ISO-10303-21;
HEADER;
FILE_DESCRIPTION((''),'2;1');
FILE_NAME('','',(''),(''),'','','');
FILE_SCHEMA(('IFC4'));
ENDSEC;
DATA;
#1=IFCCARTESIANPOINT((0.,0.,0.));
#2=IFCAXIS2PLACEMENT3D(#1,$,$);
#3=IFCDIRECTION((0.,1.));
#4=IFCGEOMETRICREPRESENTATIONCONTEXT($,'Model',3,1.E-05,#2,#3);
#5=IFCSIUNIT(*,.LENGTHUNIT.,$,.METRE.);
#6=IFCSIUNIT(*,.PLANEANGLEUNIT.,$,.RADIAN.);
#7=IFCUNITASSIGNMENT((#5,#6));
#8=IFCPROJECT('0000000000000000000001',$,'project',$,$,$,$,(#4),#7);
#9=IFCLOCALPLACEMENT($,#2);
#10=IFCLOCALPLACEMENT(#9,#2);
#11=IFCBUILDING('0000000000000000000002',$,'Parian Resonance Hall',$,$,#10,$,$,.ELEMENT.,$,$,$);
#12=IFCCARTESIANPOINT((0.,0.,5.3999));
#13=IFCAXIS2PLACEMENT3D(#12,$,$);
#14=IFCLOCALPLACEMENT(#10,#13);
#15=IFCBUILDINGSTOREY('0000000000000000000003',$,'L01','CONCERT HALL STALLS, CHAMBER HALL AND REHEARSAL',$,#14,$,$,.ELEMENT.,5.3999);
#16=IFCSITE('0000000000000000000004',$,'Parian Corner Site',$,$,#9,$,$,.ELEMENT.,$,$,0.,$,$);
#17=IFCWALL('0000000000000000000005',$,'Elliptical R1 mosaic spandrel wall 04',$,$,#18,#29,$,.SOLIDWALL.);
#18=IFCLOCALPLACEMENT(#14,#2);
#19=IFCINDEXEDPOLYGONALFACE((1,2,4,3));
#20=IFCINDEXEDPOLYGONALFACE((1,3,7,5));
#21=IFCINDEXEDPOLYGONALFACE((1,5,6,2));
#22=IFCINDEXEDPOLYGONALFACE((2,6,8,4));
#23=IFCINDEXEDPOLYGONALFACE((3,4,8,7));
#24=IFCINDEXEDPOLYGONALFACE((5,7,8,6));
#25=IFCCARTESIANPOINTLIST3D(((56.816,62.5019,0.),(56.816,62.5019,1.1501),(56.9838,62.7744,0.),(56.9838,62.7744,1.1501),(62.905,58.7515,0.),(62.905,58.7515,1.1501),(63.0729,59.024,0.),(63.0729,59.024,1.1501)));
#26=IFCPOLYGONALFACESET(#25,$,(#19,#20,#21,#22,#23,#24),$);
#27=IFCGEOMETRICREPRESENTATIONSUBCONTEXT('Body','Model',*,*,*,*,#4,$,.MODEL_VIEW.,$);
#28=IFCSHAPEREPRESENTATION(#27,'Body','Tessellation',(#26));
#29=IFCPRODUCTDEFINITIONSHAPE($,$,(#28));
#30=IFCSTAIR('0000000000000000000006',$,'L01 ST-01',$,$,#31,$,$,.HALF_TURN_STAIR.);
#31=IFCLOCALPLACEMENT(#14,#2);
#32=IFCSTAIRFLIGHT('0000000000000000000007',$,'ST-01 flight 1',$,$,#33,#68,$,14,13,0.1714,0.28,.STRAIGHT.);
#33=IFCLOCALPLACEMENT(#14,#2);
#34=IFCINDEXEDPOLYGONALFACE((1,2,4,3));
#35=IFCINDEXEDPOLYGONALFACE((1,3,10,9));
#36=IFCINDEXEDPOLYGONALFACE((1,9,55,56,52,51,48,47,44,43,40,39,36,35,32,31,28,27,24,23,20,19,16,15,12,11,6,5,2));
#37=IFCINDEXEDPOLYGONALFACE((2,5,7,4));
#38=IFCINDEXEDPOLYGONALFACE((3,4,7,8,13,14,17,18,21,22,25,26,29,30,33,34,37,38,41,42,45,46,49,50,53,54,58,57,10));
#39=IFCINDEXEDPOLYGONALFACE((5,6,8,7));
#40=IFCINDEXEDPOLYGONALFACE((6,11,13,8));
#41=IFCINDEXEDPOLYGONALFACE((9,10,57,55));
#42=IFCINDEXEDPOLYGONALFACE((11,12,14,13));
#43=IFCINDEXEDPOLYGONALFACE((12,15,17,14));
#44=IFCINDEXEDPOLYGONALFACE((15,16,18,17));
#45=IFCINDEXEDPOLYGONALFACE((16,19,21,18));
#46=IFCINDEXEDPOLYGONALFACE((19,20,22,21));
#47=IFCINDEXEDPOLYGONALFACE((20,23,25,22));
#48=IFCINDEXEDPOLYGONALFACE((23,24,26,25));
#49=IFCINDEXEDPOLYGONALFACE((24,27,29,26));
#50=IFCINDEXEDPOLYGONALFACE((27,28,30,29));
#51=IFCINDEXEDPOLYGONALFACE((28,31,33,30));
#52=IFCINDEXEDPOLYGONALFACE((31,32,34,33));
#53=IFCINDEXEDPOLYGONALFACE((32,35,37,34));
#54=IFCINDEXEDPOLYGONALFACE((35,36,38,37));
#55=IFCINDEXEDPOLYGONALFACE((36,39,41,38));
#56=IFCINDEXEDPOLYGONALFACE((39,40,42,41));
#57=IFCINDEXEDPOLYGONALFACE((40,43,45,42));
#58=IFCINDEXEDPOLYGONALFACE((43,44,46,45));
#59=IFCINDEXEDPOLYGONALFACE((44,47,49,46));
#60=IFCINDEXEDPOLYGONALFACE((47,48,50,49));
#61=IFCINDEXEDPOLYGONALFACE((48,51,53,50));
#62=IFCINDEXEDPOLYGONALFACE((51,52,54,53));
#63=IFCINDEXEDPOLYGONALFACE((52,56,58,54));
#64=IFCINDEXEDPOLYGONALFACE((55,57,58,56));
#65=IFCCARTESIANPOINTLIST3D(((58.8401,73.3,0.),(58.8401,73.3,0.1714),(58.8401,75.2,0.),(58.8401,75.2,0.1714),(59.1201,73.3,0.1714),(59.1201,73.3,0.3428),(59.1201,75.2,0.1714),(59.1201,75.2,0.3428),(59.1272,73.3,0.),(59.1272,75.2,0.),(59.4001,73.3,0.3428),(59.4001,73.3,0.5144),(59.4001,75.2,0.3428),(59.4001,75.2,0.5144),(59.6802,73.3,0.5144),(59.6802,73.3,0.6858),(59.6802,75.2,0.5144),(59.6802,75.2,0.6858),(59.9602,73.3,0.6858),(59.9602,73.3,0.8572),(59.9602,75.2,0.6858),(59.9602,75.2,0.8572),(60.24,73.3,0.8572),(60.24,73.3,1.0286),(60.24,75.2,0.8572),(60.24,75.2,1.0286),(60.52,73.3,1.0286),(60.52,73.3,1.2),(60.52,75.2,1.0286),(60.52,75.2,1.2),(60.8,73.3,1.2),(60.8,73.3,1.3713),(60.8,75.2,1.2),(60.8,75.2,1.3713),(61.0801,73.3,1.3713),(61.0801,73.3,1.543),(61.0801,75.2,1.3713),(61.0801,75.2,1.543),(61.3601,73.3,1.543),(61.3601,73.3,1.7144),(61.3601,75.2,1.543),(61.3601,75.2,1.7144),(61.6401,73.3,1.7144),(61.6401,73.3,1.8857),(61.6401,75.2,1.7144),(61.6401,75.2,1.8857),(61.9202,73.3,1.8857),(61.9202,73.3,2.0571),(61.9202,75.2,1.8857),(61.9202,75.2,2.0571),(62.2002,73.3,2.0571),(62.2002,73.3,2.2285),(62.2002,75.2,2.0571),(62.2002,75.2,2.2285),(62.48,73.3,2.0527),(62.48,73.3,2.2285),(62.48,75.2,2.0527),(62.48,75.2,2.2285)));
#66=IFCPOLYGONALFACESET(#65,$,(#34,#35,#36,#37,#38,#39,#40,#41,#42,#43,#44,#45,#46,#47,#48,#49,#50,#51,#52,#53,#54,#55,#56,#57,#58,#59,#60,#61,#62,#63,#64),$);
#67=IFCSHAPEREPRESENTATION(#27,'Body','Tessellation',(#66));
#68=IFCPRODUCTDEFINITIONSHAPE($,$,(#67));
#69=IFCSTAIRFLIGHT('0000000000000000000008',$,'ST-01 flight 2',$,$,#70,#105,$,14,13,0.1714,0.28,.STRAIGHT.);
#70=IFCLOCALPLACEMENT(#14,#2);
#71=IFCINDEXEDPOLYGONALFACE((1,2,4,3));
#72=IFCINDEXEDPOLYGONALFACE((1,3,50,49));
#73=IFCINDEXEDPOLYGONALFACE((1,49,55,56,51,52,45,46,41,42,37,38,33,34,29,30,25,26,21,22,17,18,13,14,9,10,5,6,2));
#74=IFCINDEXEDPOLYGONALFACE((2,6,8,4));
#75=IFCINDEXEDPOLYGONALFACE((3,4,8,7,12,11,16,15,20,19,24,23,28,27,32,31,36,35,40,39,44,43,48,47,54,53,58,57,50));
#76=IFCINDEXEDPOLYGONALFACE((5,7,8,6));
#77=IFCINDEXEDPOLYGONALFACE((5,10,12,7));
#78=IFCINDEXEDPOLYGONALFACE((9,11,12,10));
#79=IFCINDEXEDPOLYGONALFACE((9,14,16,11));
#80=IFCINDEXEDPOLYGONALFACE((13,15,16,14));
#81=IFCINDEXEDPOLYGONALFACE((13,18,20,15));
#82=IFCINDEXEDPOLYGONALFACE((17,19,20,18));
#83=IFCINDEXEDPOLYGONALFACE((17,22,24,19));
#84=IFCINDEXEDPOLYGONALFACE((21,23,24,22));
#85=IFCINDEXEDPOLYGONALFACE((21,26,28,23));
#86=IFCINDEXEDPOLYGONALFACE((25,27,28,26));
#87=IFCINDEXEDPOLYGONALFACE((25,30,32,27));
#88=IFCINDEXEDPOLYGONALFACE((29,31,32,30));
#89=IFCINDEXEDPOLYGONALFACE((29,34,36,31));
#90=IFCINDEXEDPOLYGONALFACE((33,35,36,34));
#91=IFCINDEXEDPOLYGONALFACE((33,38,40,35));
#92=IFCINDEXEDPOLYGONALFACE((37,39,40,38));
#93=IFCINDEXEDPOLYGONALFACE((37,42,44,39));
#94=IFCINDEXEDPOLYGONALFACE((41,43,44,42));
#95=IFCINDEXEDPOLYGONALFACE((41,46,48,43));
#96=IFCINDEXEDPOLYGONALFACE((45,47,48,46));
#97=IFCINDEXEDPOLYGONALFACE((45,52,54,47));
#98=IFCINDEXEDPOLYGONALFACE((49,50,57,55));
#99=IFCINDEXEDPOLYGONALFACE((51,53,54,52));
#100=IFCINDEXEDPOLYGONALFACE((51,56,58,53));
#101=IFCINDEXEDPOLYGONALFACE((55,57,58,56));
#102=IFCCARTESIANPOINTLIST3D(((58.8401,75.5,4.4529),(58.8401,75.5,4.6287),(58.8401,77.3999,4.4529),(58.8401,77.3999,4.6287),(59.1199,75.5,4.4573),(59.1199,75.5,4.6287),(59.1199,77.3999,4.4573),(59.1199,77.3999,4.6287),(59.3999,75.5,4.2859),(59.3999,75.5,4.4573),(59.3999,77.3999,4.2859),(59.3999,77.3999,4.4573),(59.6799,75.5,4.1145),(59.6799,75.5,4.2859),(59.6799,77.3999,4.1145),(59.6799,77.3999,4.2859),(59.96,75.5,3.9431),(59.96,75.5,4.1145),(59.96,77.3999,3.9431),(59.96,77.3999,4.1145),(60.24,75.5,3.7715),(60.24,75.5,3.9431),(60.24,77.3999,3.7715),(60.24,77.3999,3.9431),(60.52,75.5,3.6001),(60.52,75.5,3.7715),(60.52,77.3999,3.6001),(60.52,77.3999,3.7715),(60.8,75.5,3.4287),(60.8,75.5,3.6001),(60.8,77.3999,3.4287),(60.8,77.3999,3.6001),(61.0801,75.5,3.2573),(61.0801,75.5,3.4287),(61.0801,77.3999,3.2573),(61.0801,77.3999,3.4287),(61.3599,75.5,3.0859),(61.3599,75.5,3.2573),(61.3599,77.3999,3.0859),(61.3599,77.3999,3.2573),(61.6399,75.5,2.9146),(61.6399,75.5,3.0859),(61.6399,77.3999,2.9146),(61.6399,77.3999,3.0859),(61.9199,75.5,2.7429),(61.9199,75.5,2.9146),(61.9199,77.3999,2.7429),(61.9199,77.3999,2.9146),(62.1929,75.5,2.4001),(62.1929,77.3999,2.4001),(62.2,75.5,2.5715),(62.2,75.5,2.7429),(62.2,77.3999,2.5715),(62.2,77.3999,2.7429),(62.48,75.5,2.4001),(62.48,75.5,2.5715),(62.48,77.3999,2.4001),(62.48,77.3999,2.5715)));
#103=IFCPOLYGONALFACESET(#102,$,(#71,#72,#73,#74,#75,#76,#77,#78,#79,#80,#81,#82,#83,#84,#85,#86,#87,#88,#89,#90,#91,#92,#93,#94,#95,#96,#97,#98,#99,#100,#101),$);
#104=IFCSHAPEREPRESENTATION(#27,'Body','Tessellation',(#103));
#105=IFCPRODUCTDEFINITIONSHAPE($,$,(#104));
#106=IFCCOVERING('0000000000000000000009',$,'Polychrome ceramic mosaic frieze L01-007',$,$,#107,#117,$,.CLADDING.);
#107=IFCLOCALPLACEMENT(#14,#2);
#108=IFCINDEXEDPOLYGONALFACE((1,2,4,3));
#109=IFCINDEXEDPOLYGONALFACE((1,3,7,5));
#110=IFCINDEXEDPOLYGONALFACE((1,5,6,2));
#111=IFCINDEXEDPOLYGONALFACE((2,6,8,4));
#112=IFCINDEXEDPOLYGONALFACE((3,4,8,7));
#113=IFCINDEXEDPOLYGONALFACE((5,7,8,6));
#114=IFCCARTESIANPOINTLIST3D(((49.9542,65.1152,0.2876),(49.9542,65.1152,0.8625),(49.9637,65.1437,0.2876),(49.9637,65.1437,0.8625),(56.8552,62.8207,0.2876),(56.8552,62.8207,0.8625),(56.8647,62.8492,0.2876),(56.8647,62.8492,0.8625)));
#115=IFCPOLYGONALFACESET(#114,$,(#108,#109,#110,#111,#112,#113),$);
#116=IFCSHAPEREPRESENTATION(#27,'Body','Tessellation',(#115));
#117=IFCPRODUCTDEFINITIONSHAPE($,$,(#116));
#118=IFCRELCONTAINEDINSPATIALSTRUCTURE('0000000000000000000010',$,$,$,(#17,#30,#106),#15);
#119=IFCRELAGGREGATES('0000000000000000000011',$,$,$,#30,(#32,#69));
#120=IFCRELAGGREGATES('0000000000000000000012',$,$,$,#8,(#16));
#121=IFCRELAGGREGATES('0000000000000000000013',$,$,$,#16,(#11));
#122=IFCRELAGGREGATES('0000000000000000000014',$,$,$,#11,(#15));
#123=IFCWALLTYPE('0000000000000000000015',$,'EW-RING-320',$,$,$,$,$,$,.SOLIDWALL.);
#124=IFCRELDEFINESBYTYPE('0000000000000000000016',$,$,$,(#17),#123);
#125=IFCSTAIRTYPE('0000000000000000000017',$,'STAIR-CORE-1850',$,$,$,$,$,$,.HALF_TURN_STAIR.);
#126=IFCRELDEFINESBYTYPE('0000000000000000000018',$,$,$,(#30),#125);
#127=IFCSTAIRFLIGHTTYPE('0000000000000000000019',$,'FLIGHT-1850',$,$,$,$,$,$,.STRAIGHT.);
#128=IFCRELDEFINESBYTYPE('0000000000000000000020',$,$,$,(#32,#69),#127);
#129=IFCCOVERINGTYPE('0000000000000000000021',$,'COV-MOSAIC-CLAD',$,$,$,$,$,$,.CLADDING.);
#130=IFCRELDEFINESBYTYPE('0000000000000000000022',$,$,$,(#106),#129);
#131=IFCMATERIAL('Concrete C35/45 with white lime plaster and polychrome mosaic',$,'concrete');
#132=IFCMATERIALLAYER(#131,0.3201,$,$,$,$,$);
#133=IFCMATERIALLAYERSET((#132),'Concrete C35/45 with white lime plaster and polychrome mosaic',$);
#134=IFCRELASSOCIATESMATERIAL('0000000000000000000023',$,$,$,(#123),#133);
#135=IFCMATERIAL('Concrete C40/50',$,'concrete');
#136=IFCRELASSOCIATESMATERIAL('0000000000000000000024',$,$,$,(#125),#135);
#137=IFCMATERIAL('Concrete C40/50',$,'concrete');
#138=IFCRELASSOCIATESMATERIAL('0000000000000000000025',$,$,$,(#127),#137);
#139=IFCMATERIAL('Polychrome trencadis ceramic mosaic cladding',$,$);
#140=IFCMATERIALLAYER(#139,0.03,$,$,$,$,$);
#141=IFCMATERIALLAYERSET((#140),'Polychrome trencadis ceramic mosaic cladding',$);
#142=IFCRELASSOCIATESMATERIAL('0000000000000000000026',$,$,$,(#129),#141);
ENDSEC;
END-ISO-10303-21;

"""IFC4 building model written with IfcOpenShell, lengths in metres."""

from ifc_helpers import new_model, si_unit, direction, frame, frame_2d, origin, origin_2d, place, context, subcontext, project, spatial, polyline, rectangle, outline, extrude, material, layer, layer_set, type_object, element, aggregate, save


model = new_model("IFC4")

# Units and contexts
model_context = context("Model", 3, precision=1e-05, world=origin(), true_north=direction((0.0, 1.0)))
body_context = subcontext(model_context, "Body", "Model", "MODEL_VIEW")
ifc_project = project(units=[si_unit("LENGTHUNIT", "METRE"), si_unit("PLANEANGLEUNIT", "RADIAN")], contexts=[model_context])

# Site, building, storey
site_placement = place(None, origin())
site = spatial("IfcSite", under=ifc_project, at=site_placement, Name="Parian Corner Site", CompositionType="ELEMENT", RefElevation=0.0)
building_placement = place(site_placement, origin())
building = spatial("IfcBuilding", under=site, at=building_placement, Name="Parian Resonance Hall", CompositionType="ELEMENT")
storey_placement = place(building_placement, frame((0.0, 0.0, 5.3999)))
storey = spatial("IfcBuildingStorey", under=building, at=storey_placement, Name="L01", Description="CONCERT HALL STALLS, CHAMBER HALL AND REHEARSAL", CompositionType="ELEMENT", Elevation=5.3999)

# Wall
ifc_material_1 = material(Name="Concrete C35/45 with white lime plaster and polychrome mosaic", Category="concrete")
ifc_layer_1 = layer(ifc_material_1, 0.3201)
ifc_layer_set_1 = layer_set([ifc_layer_1], Name="Concrete C35/45 with white lime plaster and polychrome mosaic")
wall_type_1 = type_object("IfcWallType", Name="EW-RING-320", PredefinedType="SOLIDWALL", material=ifc_layer_set_1)
wall_1_placement = place(storey_placement, frame((56.8999, 62.6382, 0.0), z_axis=(0.0, 0.0, 1.0), x_axis=(0.85145, -0.524436, 0.0)))
element("IfcWall", 1, at=wall_1_placement, inside=storey, type_object=wall_type_1, Name="Elliptical R1 mosaic spandrel wall 04", PredefinedType="SOLIDWALL", context=body_context, shape_type="SweptSolid", body=[
    extrude(rectangle(XDim=7.1514, YDim=0.3201, at=frame_2d((3.5757, 0.0))), origin(), (0.0, 0.0, 1.0), 1.1501),
])

# Stair, stair flights
ifc_material_2 = material(Name="Concrete C40/50", Category="concrete")
stair_type = type_object("IfcStairType", Name="STAIR-CORE-1850", PredefinedType="HALF_TURN_STAIR", material=ifc_material_2)
stair_placement = place(storey_placement, origin())
stair = element("IfcStair", 2, at=stair_placement, inside=storey, type_object=stair_type, Name="L01 ST-01", PredefinedType="HALF_TURN_STAIR")
ifc_material_3 = material(Name="Concrete C40/50", Category="concrete")
stair_flight_type = type_object("IfcStairFlightType", Name="FLIGHT-1850", PredefinedType="STRAIGHT", material=ifc_material_3)
stair_flight_1_placement = place(storey_placement, frame((58.8401, 74.25, 0.0), z_axis=(0.0, 0.0, 1.0), x_axis=(1.0, 0.0, 0.0)))
stair_flight_1 = element("IfcStairFlight", 3, at=stair_flight_1_placement, type_object=stair_flight_type, Name="ST-01 flight 1", NumberOfRisers=14, NumberOfTreads=13, PredefinedType="STRAIGHT", RiserHeight=0.1714, TreadLength=0.28, context=body_context, shape_type="SweptSolid", body=[
    extrude(outline(polyline([(0.0, 0.0), (0.0, 0.1714), (0.28, 0.1714), (0.28, 0.3428), (0.5601, 0.3428), (0.5601, 0.5144), (0.8401, 0.5144), (0.8401, 0.6858), (1.1201, 0.6858), (1.1201, 0.8572), (1.3999, 0.8572), (1.3999, 1.0286), (1.6799, 1.0286), (1.6799, 1.2), (1.96, 1.2), (1.96, 1.3713), (2.24, 1.3713), (2.24, 1.543), (2.52, 1.543), (2.52, 1.7144), (2.8, 1.7144), (2.8, 1.8857), (3.0801, 1.8857), (3.0801, 2.0571), (3.3601, 2.0571), (3.3601, 2.2285), (3.6399, 2.2285), (3.6399, 2.3999), (3.6399, 2.0527), (0.2871, 0.0), (0.0, 0.0)])), frame((0.0, 0.95, 0.0), z_axis=(0.0, -1.0, 0.0), x_axis=(1.0, 0.0, 0.0)), (0.0, 0.0, 1.0), 1.8999),
])
stair_flight_2_placement = place(storey_placement, frame((62.48, 76.45, 2.4001), z_axis=(0.0, 0.0, 1.0), x_axis=(-1.0, 0.0, 0.0)))
stair_flight_2 = element("IfcStairFlight", 4, at=stair_flight_2_placement, type_object=stair_flight_type, Name="ST-01 flight 2", NumberOfRisers=14, NumberOfTreads=13, PredefinedType="STRAIGHT", RiserHeight=0.1714, TreadLength=0.28, context=body_context, shape_type="SweptSolid", body=[
    extrude(outline(polyline([(0.0, 0.0), (0.0, 0.1714), (0.28, 0.1714), (0.28, 0.3428), (0.5601, 0.3428), (0.5601, 0.5144), (0.8401, 0.5144), (0.8401, 0.6858), (1.1201, 0.6858), (1.1201, 0.8572), (1.3999, 0.8572), (1.3999, 1.0286), (1.6799, 1.0286), (1.6799, 1.2), (1.96, 1.2), (1.96, 1.3713), (2.24, 1.3713), (2.24, 1.543), (2.52, 1.543), (2.52, 1.7144), (2.8, 1.7144), (2.8, 1.8857), (3.0801, 1.8857), (3.0801, 2.0571), (3.3601, 2.0571), (3.3601, 2.2285), (3.6399, 2.2285), (3.6399, 2.3999), (3.6399, 2.0527), (0.2871, 0.0), (0.0, 0.0)])), frame((0.0, 0.95, 0.0), z_axis=(0.0, -1.0, 0.0), x_axis=(1.0, 0.0, 0.0)), (0.0, 0.0, 1.0), 1.8999),
])
aggregate(stair, [stair_flight_1, stair_flight_2])

# Covering
ifc_material_4 = material(Name="Polychrome trencadis ceramic mosaic cladding")
ifc_layer_2 = layer(ifc_material_4, 0.03)
ifc_layer_set_2 = layer_set([ifc_layer_2], Name="Polychrome trencadis ceramic mosaic cladding")
covering_type = type_object("IfcCoveringType", Name="COV-MOSAIC-CLAD", PredefinedType="CLADDING", material=ifc_layer_set_2)
covering_placement = place(storey_placement, frame((53.4094, 63.9822, 0.2876), z_axis=(0.0, 0.0, 1.0), x_axis=(0.948923, -0.315508, 0.0)))
element("IfcCovering", 5, at=covering_placement, inside=storey, type_object=covering_type, Name="Polychrome ceramic mosaic frieze L01-007", PredefinedType="CLADDING", context=body_context, shape_type="SweptSolid", body=[
    extrude(rectangle(XDim=7.2725, YDim=0.03, at=origin_2d()), origin(), (0.0, 0.0, 1.0), 0.575),
])

save(model, "model.ifc")
